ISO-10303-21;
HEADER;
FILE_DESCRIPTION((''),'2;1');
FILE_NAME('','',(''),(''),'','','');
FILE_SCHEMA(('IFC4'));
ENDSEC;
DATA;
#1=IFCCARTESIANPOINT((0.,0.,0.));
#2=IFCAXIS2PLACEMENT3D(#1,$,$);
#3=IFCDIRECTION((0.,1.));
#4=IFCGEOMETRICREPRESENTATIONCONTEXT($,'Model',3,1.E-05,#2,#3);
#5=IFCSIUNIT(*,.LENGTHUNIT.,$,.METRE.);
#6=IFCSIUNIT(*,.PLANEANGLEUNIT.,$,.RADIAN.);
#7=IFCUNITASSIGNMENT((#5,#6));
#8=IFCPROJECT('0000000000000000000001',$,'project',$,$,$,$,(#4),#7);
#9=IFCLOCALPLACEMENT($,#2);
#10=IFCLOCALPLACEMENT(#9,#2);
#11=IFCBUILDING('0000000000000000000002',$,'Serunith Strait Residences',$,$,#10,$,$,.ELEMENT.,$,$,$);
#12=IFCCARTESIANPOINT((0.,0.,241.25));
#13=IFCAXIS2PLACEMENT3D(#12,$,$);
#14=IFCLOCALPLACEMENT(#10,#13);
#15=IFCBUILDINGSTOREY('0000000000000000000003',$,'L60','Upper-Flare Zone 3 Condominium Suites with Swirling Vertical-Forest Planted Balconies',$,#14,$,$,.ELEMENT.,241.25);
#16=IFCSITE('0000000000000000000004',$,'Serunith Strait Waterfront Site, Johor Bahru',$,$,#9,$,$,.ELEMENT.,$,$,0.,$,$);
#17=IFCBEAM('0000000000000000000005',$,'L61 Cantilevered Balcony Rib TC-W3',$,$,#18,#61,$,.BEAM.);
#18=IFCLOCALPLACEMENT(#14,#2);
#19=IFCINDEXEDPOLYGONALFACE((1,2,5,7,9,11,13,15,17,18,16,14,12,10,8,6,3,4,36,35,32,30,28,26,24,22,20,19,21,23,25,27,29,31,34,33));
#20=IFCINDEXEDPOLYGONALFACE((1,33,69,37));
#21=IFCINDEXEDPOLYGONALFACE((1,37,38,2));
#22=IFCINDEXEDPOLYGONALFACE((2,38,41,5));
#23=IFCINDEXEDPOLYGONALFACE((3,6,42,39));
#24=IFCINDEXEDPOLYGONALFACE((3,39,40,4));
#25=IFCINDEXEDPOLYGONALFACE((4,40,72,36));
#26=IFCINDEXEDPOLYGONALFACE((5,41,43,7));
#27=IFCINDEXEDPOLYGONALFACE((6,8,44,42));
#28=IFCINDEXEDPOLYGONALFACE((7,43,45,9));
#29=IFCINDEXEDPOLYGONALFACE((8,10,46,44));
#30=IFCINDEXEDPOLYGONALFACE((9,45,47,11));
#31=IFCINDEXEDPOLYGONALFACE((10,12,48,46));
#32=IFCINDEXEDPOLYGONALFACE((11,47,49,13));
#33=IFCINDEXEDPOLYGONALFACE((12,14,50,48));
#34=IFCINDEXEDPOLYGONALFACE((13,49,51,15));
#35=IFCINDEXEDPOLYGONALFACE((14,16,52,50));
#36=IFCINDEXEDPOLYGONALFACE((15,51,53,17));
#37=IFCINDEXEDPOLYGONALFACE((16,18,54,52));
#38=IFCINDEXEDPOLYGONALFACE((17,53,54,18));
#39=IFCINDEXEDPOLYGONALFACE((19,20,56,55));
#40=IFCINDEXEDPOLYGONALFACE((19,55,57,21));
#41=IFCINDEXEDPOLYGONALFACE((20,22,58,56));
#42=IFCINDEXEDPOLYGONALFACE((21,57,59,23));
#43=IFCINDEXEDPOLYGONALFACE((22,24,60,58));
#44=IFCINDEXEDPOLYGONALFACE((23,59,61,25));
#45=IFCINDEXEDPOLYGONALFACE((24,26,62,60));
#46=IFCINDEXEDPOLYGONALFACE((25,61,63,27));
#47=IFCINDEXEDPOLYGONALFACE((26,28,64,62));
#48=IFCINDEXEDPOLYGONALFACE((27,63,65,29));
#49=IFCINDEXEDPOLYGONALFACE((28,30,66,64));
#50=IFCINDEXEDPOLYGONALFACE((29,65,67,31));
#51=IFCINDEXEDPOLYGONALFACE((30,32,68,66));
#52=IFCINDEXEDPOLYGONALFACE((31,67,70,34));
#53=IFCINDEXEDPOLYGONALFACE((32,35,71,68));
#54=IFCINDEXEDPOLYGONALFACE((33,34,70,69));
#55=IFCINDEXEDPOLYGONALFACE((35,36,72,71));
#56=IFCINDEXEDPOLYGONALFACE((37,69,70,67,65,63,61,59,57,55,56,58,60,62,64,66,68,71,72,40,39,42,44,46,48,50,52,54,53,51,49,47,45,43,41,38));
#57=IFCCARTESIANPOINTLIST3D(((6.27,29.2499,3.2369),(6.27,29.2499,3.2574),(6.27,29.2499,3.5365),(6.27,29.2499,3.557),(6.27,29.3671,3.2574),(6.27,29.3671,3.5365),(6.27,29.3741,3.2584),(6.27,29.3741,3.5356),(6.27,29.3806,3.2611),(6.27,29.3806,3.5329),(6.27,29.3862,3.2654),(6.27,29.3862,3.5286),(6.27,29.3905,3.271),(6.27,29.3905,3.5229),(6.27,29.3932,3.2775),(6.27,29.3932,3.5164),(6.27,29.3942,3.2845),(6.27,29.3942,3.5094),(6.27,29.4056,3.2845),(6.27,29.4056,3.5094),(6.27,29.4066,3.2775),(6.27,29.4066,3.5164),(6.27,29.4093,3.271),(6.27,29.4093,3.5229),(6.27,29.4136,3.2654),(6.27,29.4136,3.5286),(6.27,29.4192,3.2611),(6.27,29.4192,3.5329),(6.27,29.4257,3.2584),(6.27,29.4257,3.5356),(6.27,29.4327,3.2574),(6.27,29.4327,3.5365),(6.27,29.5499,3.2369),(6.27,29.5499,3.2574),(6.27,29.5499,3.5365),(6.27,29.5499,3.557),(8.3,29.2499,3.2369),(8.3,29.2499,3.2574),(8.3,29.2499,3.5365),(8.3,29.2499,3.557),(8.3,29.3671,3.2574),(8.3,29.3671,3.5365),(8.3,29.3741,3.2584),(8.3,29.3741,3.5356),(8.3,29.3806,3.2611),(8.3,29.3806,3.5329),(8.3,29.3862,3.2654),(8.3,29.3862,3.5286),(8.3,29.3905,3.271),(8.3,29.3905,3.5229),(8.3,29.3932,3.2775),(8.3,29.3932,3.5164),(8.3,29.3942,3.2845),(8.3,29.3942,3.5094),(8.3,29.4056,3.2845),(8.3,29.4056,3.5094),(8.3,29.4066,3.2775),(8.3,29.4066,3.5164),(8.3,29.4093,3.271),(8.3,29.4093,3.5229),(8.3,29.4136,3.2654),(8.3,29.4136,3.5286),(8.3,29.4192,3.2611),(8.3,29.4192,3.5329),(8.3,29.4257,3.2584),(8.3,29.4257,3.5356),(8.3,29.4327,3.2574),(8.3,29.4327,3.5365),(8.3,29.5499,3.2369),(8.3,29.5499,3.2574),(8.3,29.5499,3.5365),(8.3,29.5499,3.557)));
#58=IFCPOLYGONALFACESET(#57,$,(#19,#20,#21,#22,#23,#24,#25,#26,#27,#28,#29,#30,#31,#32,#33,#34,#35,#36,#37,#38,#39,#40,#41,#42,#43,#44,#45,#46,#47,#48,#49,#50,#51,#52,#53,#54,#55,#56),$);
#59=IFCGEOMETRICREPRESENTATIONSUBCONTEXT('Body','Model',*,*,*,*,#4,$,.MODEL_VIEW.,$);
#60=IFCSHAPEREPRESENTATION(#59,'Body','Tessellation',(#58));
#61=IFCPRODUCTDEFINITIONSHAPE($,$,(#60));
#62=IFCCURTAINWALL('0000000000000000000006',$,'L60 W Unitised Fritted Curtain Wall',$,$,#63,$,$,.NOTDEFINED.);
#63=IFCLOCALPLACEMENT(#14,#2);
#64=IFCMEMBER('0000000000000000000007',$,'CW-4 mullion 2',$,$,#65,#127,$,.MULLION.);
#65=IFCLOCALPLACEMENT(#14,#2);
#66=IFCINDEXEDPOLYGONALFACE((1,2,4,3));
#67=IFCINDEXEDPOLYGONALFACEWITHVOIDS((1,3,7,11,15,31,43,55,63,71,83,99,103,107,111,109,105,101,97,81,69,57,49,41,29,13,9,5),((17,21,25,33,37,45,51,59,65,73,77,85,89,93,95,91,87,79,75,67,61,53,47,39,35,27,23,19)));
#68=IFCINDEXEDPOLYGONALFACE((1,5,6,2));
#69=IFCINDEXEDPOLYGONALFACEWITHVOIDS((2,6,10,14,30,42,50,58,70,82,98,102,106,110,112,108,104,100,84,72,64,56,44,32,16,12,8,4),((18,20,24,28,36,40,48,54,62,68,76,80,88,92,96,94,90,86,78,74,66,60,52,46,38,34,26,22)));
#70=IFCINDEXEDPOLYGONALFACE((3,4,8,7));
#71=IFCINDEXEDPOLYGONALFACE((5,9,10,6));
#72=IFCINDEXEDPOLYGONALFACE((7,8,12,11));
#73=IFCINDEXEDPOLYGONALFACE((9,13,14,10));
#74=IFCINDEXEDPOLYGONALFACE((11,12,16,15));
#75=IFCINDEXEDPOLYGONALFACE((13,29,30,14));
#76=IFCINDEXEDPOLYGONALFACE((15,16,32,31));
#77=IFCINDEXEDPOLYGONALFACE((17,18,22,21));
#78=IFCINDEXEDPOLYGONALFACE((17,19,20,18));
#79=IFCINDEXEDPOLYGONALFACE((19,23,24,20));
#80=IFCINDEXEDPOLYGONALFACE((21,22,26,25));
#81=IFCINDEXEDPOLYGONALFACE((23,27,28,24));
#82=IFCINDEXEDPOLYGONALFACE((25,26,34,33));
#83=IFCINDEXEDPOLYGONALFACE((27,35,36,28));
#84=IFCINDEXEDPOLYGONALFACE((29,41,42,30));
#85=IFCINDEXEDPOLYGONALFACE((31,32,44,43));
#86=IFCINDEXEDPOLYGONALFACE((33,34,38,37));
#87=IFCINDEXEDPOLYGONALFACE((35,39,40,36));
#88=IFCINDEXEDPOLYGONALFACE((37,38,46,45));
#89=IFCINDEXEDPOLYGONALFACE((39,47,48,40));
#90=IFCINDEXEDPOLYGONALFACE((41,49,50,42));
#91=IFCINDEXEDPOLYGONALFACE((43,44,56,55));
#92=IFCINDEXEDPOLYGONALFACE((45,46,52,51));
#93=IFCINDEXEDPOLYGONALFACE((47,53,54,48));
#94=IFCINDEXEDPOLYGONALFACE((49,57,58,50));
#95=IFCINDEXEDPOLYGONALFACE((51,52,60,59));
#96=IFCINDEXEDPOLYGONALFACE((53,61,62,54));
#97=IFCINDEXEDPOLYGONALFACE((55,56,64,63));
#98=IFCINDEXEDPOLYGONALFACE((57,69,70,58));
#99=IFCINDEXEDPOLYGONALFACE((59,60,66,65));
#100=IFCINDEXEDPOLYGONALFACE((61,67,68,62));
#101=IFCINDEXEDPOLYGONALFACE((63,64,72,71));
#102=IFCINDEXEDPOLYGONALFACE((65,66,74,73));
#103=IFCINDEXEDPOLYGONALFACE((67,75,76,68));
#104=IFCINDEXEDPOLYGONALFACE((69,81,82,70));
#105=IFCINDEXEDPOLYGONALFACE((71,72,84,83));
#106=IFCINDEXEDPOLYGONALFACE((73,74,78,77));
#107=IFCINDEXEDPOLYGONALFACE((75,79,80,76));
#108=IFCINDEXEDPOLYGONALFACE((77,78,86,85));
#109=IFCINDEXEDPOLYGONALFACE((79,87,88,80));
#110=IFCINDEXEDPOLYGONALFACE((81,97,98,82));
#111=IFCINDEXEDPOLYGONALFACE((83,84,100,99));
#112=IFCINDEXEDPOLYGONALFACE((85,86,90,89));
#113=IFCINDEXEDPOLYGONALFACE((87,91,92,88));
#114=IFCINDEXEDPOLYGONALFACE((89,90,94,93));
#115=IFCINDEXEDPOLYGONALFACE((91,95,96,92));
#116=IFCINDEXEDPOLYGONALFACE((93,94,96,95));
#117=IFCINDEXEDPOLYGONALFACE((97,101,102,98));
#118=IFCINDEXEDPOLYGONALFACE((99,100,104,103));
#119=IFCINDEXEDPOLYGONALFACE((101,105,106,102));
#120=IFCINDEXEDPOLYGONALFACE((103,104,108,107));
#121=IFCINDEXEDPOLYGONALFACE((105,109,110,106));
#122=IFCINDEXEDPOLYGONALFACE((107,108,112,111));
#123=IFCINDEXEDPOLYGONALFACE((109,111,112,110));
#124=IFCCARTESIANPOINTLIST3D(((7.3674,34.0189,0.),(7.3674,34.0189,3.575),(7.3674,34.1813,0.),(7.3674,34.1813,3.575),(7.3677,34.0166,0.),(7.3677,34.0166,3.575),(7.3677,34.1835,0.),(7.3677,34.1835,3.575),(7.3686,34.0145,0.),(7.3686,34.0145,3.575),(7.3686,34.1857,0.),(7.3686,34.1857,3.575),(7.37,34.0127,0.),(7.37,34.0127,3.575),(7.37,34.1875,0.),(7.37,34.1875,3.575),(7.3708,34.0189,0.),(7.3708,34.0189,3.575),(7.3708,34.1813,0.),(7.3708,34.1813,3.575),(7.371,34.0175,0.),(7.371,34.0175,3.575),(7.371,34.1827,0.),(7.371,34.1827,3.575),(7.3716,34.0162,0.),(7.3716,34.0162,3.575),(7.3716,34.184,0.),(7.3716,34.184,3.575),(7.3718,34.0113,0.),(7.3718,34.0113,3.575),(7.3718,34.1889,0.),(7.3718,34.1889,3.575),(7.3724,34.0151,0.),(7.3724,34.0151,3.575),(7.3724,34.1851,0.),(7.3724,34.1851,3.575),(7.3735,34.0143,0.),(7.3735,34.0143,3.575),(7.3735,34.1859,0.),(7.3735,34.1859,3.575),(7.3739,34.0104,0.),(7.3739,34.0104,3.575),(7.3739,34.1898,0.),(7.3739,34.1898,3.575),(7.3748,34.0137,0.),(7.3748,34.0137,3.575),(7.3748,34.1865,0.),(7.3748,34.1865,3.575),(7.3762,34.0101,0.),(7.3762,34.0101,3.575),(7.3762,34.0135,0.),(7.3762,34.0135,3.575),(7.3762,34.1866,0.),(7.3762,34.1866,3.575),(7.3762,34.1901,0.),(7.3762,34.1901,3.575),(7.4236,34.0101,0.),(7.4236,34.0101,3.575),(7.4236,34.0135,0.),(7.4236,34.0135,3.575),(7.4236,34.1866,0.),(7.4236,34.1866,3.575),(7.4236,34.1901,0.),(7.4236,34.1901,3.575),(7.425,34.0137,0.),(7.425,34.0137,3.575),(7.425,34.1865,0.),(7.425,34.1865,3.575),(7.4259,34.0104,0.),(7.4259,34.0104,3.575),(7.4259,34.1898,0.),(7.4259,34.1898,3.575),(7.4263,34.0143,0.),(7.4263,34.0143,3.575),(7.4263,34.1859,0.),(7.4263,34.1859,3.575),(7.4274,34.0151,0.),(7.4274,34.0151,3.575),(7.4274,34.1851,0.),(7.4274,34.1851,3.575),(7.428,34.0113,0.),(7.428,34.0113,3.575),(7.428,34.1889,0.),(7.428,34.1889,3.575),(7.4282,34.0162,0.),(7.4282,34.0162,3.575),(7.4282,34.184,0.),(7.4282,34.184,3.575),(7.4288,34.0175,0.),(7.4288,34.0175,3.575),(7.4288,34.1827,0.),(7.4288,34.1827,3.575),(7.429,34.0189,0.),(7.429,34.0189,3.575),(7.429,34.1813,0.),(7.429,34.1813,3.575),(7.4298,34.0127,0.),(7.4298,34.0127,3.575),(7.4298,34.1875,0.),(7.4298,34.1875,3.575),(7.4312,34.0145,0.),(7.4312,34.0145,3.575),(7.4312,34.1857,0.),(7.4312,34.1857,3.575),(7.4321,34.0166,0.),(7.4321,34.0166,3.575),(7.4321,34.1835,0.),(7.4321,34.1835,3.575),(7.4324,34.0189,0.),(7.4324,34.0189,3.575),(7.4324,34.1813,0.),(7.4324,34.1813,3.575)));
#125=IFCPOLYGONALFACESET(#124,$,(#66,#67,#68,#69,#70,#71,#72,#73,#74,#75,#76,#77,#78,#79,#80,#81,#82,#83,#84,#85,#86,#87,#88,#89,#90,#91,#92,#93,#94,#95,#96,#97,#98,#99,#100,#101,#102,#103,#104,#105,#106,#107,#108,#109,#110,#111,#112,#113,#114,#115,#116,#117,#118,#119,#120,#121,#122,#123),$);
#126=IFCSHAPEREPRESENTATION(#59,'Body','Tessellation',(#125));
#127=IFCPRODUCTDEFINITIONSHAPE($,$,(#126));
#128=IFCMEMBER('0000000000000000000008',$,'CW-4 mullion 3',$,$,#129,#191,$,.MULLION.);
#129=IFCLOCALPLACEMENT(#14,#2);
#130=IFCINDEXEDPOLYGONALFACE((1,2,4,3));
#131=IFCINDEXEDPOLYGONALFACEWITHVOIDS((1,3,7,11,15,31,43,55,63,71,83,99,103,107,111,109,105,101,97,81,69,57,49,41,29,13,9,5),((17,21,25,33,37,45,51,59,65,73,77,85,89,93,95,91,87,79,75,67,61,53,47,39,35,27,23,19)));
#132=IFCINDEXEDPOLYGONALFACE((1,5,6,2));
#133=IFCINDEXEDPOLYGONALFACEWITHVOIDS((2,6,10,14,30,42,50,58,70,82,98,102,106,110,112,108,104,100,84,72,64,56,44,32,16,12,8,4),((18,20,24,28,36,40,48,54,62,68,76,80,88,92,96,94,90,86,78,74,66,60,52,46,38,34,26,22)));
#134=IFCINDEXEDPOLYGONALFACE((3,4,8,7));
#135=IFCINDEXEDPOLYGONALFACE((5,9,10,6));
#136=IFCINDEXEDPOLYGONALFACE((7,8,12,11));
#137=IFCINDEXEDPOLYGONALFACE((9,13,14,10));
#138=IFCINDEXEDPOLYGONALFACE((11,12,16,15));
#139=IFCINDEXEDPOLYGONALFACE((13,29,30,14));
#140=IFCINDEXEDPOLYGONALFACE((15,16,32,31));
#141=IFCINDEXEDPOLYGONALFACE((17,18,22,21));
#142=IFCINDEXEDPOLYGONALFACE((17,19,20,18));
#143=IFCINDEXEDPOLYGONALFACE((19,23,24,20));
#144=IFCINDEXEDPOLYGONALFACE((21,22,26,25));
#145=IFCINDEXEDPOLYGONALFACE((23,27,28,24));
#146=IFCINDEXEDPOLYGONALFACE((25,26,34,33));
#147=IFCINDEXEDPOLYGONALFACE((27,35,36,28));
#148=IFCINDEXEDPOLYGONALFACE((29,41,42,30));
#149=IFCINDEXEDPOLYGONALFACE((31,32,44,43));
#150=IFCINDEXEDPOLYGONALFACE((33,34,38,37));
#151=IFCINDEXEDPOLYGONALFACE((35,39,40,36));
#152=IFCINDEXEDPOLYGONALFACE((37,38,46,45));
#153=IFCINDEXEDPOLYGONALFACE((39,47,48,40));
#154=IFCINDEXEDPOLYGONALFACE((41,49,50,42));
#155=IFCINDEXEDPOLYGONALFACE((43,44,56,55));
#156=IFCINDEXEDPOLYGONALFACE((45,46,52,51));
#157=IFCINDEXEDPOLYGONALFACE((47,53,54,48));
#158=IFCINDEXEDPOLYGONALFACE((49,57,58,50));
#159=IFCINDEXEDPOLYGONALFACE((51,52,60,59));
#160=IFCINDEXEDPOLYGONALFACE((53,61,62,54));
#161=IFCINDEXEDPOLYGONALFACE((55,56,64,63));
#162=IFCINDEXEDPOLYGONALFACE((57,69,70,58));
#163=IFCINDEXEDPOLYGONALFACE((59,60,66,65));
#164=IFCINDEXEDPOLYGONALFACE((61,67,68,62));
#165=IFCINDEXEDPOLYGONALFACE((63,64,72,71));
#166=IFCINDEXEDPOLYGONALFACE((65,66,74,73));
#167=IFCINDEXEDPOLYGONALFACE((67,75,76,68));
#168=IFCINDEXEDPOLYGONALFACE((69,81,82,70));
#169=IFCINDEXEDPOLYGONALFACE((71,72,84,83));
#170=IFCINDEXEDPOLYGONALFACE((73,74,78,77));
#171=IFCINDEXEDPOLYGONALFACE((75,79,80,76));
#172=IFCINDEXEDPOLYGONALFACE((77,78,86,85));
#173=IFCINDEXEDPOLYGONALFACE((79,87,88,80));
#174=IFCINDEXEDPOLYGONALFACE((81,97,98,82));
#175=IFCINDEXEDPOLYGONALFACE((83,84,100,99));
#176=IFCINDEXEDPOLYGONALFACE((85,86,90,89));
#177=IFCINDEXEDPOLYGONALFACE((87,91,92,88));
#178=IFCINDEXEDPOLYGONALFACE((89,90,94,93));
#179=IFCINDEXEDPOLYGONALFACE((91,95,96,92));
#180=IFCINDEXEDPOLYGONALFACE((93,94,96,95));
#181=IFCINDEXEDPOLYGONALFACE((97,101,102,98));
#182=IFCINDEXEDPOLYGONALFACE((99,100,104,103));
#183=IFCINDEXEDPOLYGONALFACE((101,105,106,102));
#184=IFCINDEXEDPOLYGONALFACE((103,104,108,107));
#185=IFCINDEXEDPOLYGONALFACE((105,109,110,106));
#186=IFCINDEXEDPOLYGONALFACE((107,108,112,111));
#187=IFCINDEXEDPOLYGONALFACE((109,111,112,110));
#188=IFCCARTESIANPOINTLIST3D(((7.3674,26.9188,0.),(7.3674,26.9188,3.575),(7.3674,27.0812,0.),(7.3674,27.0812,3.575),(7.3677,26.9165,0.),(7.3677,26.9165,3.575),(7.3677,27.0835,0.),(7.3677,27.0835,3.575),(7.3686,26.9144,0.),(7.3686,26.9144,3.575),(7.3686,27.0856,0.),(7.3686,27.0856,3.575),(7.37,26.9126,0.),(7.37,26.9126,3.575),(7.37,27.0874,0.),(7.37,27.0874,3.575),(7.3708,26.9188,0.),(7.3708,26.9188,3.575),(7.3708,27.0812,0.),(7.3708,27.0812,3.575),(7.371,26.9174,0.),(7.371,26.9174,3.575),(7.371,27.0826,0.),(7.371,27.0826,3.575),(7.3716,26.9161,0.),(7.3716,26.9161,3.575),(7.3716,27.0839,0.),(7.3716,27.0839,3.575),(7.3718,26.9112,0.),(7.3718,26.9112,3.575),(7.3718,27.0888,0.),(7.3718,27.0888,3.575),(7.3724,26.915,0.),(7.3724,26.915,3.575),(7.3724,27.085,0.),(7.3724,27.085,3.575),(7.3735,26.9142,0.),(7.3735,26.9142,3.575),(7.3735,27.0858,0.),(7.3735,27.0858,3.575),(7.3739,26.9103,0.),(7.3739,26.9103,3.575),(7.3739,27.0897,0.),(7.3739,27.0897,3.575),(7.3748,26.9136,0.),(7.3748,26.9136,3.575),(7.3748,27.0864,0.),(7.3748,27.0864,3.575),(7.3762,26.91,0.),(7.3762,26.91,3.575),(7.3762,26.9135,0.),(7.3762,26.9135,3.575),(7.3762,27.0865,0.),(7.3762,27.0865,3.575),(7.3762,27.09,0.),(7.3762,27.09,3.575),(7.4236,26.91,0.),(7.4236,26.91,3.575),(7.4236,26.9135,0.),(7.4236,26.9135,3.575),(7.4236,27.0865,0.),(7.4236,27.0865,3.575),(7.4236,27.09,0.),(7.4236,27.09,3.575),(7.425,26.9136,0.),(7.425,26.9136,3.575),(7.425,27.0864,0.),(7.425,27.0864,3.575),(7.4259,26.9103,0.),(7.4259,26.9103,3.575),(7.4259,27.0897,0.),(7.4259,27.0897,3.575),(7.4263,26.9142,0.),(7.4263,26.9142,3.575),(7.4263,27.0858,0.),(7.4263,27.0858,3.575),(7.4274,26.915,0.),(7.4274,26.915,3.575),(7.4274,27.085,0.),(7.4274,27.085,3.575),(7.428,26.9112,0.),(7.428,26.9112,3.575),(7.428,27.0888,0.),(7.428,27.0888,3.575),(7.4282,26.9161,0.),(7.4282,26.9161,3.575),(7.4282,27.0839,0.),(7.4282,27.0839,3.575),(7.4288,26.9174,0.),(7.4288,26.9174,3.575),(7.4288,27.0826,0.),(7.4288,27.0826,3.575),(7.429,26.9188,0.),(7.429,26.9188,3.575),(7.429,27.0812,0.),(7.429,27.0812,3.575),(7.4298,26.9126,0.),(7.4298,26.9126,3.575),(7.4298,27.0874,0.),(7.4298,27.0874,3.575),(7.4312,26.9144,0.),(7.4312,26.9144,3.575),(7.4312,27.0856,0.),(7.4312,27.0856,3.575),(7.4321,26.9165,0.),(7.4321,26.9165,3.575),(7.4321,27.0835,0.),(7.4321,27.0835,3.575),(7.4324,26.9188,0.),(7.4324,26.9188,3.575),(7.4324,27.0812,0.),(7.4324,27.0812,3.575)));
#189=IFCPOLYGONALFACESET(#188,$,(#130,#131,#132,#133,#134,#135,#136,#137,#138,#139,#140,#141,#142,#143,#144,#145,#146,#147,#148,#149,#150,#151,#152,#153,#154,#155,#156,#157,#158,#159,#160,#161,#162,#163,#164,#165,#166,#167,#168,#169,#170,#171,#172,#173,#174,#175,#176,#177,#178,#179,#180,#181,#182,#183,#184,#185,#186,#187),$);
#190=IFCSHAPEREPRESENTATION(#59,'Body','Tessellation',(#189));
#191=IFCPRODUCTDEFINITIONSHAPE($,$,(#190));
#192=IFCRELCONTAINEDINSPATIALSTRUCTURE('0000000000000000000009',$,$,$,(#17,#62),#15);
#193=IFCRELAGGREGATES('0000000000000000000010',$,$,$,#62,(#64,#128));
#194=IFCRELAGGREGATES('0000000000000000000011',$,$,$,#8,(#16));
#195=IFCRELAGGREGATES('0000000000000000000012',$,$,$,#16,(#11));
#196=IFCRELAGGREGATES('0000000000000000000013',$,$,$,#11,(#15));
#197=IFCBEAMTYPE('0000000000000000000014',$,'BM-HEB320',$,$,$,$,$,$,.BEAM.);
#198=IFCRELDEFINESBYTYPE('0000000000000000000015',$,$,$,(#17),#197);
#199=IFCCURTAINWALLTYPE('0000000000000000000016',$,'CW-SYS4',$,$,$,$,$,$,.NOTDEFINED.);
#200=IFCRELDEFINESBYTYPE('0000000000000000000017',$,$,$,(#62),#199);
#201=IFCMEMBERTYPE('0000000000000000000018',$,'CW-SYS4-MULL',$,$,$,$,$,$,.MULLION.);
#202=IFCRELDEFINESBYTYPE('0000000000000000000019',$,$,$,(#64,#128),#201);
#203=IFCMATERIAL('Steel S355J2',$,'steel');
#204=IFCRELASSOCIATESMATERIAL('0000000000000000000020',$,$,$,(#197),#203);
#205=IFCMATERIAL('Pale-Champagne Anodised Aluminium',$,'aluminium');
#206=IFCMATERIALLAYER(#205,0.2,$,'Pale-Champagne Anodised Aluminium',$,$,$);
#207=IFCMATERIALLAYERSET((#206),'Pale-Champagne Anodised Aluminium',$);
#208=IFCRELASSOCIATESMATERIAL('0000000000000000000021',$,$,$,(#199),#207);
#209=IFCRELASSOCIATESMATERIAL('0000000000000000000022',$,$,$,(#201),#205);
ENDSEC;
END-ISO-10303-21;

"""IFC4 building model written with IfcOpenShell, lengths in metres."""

from ifc_helpers import new_model, si_unit, direction, frame, origin, origin_2d, place, context, subcontext, project, spatial, hollow_rectangle, i_section, extrude, source, transform, mapped, material, layer, layer_set, material_profile, profile_set, type_object, element, aggregate, save


model = new_model("IFC4")

# Units and contexts
model_context = context("Model", 3, precision=1e-05, world=origin(), true_north=direction((0.0, 1.0)))
body_context = subcontext(model_context, "Body", "Model", "MODEL_VIEW")
ifc_project = project(units=[si_unit("LENGTHUNIT", "METRE"), si_unit("PLANEANGLEUNIT", "RADIAN")], contexts=[model_context])

# Site, building, storey
site_placement = place(None, origin())
site = spatial("IfcSite", under=ifc_project, at=site_placement, Name="Serunith Strait Waterfront Site, Johor Bahru", CompositionType="ELEMENT", RefElevation=0.0)
building_placement = place(site_placement, origin())
building = spatial("IfcBuilding", under=site, at=building_placement, Name="Serunith Strait Residences", CompositionType="ELEMENT")
storey_placement = place(building_placement, frame((0.0, 0.0, 241.25)))
storey = spatial("IfcBuildingStorey", under=building, at=storey_placement, Name="L60", Description="Upper-Flare Zone 3 Condominium Suites with Swirling Vertical-Forest Planted Balconies", CompositionType="ELEMENT", Elevation=241.25)

# Beam
ifc_material_1 = material(Name="Steel S355J2", Category="steel")
ifc_material_profile_1 = material_profile(ifc_material_1, i_section(OverallWidth=0.3, OverallDepth=0.3201, WebThickness=0.0115, FlangeThickness=0.0205, FilletRadius=0.0271, at=origin_2d()), Name="HEB 320")
ifc_profile_set_1 = profile_set([ifc_material_profile_1], Name="Steel S355J2")
beam_type_1 = type_object("IfcBeamType", Name="BM-HEB320", PredefinedType="BEAM", material=ifc_profile_set_1)
shared_shape_1 = source(origin(), body_context, "Body", "SweptSolid", [
    extrude(i_section(OverallWidth=0.3, OverallDepth=0.3201, WebThickness=0.0115, FlangeThickness=0.0205, FilletRadius=0.0271, at=origin_2d()), origin(), (0.0, 0.0, 1.0), 2.03),
])
beam_1_placement = place(storey_placement, frame((8.3, 29.3999, 3.397), z_axis=(-1.0, 0.0, 0.0), x_axis=(0.0, -1.0, 0.0)))
element("IfcBeam", 1, at=beam_1_placement, inside=storey, type_object=beam_type_1, Name="L61 Cantilevered Balcony Rib TC-W3", PredefinedType="BEAM", context=body_context, shape_type="MappedRepresentation", body=[
    mapped(shared_shape_1, transform((0.0, 0.0, 0.0), scale=1.0)),
])

# Curtain wall, members
ifc_material_2 = material(Name="Pale-Champagne Anodised Aluminium", Category="aluminium")
ifc_layer_1 = layer(ifc_material_2, 0.2, Name="Pale-Champagne Anodised Aluminium")
ifc_layer_set_1 = layer_set([ifc_layer_1], Name="Pale-Champagne Anodised Aluminium")
curtain_wall_type = type_object("IfcCurtainWallType", Name="CW-SYS4", PredefinedType="NOTDEFINED", material=ifc_layer_set_1)
curtain_wall_placement = place(storey_placement, origin())
curtain_wall = element("IfcCurtainWall", 2, at=curtain_wall_placement, inside=storey, type_object=curtain_wall_type, Name="L60 W Unitised Fritted Curtain Wall", PredefinedType="NOTDEFINED")
ifc_material_profile_2 = material_profile(ifc_material_2, hollow_rectangle(XDim=0.0649, YDim=0.1799, WallThickness=0.0034, InnerFilletRadius=0.0054, OuterFilletRadius=0.0088, at=origin_2d()), Name="ALU 180x65x3.5")
ifc_profile_set_2 = profile_set([ifc_material_profile_2], Name="Pale-Champagne Anodised Aluminium")
member_type_1 = type_object("IfcMemberType", Name="CW-SYS4-MULL", PredefinedType="MULLION", material=ifc_profile_set_2)
shared_shape_2 = source(origin(), body_context, "Body", "SweptSolid", [
    extrude(hollow_rectangle(XDim=0.0649, YDim=0.1799, WallThickness=0.0034, InnerFilletRadius=0.0054, OuterFilletRadius=0.0088, at=origin_2d()), origin(), (0.0, 0.0, 1.0), 3.575),
])
member_1_placement = place(storey_placement, frame((7.3999, 34.1001, 0.0), z_axis=(0.0, 0.0, 1.0), x_axis=(1.0, 0.0, 0.0)))
member_1 = element("IfcMember", 3, at=member_1_placement, type_object=member_type_1, Name="CW-4 mullion 2", PredefinedType="MULLION", context=body_context, shape_type="MappedRepresentation", body=[
    mapped(shared_shape_2, transform((0.0, 0.0, 0.0), scale=1.0)),
])
member_2_placement = place(storey_placement, frame((7.3999, 27.0, 0.0), z_axis=(0.0, 0.0, 1.0), x_axis=(1.0, 0.0, 0.0)))
member_2 = element("IfcMember", 4, at=member_2_placement, type_object=member_type_1, Name="CW-4 mullion 3", PredefinedType="MULLION", context=body_context, shape_type="MappedRepresentation", body=[
    mapped(shared_shape_2, transform((0.0, 0.0, 0.0), scale=1.0)),
])
aggregate(curtain_wall, [member_1, member_2])

save(model, "model.ifc")
